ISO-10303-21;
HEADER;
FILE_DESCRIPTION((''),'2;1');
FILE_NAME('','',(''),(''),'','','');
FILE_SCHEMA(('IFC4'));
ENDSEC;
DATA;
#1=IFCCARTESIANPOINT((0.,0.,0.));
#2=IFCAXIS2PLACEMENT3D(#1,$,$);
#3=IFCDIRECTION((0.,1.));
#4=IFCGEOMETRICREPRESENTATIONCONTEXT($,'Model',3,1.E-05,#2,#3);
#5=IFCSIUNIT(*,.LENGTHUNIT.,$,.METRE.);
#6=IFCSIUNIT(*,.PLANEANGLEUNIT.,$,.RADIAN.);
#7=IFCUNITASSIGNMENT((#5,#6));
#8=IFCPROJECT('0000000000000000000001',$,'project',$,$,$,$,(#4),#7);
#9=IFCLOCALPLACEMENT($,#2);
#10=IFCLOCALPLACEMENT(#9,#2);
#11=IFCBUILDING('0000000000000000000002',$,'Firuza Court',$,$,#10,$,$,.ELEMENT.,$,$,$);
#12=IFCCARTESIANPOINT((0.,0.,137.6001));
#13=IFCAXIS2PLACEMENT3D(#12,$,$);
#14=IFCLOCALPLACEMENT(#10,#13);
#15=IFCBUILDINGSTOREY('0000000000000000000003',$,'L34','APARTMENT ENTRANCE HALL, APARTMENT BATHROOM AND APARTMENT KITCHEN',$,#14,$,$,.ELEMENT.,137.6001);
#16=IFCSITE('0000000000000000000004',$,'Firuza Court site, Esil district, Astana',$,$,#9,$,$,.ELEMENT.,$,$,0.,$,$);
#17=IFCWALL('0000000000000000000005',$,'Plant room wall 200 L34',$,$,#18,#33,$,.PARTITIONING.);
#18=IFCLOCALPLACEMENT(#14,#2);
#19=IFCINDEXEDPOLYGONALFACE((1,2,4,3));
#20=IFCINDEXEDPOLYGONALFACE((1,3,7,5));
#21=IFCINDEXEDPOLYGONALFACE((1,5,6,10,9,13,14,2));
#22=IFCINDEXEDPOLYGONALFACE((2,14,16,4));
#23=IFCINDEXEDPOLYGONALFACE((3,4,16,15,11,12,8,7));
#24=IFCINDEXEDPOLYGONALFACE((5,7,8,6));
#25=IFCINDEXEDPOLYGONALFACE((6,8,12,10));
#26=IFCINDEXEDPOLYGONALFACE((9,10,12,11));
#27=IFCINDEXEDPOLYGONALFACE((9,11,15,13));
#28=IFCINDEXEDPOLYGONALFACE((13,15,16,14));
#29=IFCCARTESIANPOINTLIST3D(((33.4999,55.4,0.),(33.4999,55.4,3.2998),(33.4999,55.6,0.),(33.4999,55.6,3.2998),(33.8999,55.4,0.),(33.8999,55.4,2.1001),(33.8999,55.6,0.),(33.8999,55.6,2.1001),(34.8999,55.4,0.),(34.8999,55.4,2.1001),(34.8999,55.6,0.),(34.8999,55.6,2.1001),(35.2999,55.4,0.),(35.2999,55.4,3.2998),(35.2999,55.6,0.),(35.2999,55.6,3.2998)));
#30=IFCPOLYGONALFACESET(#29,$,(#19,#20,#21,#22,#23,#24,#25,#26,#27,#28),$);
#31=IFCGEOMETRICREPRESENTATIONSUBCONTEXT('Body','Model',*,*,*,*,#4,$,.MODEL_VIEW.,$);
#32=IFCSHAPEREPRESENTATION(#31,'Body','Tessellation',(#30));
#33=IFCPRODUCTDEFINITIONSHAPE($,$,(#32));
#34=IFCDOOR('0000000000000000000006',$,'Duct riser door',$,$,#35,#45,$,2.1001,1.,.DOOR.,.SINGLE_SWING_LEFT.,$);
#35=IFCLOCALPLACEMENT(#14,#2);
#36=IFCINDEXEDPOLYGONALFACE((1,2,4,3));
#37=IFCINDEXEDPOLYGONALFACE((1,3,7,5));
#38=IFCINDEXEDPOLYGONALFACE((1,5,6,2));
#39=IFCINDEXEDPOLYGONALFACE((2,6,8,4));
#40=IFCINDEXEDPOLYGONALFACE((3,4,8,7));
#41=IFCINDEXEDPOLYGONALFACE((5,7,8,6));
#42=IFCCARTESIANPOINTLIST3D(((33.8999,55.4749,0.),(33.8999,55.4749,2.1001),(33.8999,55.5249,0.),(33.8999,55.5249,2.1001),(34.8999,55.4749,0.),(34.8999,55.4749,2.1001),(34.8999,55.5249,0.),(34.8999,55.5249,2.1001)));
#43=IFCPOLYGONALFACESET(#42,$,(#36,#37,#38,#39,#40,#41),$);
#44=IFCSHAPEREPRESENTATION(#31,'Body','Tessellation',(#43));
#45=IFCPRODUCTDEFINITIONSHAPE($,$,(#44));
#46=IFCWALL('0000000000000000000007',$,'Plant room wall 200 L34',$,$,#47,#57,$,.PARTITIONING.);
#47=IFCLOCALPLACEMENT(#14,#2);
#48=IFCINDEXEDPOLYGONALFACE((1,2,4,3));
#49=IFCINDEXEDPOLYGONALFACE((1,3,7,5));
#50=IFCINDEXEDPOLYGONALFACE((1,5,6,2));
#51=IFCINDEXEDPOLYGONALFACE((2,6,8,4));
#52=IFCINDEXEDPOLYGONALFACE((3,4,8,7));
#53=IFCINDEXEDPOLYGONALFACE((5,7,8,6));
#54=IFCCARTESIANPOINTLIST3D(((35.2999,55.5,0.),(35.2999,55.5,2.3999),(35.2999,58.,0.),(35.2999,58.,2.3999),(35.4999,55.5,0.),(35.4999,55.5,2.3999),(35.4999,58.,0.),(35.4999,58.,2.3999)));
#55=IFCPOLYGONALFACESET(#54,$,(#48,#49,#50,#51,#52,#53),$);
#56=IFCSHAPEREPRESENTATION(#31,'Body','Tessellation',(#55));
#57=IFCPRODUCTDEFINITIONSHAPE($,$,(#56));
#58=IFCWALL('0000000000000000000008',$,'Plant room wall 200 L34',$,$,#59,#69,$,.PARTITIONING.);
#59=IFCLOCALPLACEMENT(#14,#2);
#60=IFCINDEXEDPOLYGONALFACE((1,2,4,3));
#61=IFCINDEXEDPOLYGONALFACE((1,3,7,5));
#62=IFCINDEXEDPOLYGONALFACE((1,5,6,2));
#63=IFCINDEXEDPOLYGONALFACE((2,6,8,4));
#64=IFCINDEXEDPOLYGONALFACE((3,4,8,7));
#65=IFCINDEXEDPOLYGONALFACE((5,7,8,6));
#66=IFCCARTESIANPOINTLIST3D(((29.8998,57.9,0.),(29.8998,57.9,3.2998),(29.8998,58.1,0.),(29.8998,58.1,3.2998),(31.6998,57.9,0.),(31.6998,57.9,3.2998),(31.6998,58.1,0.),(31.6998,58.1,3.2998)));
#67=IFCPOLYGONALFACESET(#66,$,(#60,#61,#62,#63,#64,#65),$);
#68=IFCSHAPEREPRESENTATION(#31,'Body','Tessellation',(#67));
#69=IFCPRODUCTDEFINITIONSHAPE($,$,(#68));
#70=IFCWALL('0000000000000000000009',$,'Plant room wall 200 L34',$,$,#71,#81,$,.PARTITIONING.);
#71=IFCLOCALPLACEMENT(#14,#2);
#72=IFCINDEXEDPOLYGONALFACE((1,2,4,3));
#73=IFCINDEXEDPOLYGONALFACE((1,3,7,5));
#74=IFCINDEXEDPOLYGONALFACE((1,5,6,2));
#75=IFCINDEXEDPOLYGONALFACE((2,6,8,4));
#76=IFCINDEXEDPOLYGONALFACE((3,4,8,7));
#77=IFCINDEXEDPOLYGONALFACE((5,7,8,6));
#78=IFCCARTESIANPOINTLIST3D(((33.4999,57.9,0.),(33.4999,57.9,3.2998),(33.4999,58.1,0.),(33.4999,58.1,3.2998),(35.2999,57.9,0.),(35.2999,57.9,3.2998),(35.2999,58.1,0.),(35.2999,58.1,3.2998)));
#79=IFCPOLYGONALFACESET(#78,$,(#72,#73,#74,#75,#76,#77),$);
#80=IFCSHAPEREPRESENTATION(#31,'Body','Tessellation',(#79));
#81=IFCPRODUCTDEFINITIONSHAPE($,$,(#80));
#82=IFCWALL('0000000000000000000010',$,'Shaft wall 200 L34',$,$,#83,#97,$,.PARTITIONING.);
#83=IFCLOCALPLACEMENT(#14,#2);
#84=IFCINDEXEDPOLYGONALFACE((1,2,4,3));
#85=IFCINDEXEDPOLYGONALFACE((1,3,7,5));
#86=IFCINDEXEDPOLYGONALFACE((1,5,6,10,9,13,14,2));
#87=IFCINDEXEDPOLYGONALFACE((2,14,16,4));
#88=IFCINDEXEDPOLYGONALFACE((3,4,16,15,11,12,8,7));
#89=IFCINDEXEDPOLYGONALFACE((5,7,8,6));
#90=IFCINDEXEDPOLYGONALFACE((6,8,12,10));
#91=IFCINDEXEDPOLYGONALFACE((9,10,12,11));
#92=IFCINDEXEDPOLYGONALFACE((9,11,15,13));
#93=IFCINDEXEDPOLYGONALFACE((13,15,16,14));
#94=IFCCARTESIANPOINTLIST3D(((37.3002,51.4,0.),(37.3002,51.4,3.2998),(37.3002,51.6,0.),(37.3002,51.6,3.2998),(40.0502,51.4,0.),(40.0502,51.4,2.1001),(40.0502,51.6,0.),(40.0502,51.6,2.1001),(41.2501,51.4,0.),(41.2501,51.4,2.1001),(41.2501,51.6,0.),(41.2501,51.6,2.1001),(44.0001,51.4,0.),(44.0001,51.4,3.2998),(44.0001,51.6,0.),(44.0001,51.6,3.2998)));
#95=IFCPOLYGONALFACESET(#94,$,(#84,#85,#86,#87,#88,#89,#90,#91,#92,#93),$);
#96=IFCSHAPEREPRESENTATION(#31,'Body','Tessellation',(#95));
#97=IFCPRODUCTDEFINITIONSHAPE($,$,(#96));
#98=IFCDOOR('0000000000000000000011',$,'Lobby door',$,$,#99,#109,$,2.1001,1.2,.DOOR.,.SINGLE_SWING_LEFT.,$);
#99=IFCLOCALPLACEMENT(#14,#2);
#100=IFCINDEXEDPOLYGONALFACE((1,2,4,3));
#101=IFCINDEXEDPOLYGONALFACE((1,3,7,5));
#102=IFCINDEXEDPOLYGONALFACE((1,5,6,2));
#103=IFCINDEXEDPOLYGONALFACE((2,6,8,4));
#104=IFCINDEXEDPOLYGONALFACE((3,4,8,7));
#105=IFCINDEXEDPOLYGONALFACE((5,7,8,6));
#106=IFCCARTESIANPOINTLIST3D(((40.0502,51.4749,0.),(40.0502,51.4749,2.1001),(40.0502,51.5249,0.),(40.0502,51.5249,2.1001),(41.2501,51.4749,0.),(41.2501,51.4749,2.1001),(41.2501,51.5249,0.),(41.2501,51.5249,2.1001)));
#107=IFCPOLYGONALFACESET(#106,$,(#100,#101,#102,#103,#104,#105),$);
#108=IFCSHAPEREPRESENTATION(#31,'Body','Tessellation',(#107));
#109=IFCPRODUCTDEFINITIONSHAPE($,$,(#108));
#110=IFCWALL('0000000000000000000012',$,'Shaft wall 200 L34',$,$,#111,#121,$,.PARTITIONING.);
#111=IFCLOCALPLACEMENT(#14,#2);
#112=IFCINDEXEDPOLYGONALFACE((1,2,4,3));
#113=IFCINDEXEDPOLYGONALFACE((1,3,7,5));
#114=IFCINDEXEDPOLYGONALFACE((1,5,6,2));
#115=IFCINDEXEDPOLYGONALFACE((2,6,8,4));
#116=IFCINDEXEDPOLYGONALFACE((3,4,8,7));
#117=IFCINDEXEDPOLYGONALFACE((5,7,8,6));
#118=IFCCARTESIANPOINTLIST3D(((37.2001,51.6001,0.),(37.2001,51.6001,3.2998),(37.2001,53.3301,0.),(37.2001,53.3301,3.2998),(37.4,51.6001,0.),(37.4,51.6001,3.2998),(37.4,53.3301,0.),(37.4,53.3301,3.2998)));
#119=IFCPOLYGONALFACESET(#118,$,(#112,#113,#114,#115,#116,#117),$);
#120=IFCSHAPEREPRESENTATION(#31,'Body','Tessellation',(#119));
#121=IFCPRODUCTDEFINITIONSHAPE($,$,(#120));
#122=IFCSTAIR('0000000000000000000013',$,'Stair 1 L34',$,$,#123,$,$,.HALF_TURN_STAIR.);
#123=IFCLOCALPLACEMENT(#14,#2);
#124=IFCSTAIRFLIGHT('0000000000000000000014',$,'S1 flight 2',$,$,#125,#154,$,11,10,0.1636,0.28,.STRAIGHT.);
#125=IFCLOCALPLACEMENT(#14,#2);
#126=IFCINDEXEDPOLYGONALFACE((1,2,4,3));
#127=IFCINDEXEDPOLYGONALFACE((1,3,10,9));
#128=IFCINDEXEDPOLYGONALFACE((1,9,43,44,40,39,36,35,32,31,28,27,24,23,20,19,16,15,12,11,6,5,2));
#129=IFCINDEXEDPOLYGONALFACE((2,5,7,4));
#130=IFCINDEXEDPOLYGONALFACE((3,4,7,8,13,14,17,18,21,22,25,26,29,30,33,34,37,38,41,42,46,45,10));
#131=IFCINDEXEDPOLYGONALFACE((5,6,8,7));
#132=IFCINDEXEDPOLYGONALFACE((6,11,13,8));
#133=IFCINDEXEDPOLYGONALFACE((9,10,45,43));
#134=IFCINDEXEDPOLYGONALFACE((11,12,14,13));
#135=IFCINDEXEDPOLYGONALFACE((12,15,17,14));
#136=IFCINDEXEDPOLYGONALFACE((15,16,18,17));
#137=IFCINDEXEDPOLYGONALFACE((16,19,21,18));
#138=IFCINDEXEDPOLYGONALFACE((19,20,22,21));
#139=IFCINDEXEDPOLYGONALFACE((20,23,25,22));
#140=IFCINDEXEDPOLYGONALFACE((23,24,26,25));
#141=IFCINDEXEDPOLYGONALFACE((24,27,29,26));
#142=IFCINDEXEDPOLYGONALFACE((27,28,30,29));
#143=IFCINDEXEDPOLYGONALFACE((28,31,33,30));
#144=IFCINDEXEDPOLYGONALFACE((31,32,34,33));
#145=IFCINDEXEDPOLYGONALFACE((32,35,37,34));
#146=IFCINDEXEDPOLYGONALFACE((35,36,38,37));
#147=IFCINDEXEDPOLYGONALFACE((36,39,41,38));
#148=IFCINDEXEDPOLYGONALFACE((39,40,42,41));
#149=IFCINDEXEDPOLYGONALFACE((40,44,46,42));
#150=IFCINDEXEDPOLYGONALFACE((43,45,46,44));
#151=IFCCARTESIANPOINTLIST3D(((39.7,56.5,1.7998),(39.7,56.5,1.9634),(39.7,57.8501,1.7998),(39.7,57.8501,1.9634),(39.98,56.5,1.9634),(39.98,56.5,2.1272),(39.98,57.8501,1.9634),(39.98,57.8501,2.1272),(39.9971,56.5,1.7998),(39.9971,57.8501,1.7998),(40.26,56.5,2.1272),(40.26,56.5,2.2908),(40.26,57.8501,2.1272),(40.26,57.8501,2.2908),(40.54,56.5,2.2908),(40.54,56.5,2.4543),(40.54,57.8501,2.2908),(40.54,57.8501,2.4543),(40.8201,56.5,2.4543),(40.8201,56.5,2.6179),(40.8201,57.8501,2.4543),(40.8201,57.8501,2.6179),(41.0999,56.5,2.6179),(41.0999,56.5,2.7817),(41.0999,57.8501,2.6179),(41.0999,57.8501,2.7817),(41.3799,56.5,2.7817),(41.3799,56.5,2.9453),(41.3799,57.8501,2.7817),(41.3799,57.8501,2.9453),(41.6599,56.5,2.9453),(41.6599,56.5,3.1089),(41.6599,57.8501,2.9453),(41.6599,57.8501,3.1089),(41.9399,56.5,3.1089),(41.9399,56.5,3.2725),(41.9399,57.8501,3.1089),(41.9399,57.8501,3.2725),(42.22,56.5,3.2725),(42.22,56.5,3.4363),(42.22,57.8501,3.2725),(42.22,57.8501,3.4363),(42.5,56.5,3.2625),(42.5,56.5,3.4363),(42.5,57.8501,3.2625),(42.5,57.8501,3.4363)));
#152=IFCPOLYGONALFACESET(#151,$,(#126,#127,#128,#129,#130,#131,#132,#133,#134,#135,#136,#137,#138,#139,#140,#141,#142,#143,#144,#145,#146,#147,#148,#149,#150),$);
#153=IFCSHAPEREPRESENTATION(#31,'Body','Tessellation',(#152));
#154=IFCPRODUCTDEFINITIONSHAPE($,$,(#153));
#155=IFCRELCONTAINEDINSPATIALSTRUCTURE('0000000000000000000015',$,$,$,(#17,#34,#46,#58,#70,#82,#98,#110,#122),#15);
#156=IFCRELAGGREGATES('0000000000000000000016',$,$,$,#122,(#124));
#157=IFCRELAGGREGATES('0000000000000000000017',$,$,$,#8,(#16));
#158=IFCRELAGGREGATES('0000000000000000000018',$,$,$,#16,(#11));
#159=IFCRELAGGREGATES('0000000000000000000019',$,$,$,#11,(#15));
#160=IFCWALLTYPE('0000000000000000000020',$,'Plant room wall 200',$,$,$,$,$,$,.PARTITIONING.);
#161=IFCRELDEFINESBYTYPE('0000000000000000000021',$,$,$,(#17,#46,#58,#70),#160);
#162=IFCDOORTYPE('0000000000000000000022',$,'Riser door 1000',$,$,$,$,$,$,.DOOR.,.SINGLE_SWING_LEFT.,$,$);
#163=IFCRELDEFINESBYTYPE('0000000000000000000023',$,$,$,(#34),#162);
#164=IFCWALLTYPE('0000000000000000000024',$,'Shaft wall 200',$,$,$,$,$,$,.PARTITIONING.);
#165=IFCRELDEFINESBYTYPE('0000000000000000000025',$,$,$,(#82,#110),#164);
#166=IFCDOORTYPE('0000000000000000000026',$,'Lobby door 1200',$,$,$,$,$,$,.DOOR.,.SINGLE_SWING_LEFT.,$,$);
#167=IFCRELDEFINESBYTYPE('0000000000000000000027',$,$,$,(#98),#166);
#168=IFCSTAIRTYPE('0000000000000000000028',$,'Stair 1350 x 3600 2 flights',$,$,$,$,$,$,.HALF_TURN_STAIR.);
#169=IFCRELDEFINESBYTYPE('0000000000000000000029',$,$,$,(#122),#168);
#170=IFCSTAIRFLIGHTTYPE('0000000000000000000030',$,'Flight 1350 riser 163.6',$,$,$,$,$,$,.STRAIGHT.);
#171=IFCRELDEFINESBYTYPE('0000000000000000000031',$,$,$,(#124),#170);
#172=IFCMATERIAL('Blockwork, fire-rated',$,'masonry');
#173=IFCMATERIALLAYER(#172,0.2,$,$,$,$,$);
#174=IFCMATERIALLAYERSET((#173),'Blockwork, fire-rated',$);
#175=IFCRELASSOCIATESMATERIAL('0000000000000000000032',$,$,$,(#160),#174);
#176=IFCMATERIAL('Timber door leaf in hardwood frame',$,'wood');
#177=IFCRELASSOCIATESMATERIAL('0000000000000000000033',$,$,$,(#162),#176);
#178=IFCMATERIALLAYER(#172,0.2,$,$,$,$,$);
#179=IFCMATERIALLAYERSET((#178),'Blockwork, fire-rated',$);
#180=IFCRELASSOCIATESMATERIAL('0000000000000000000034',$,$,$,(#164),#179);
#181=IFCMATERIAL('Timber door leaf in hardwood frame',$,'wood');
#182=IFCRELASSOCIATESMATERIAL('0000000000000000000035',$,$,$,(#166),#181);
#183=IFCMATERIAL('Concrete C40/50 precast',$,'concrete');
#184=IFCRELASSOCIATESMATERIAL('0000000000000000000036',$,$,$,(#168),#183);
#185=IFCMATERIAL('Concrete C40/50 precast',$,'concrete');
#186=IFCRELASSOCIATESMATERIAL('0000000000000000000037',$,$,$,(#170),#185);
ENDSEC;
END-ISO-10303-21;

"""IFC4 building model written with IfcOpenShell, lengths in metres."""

from ifc_helpers import new_model, si_unit, direction, frame, frame_2d, origin, place, context, subcontext, project, spatial, polyline, rectangle, outline, extrude, material, layer, layer_set, type_object, element, fill, aggregate, save


model = new_model("IFC4")

# Units and contexts
model_context = context("Model", 3, precision=1e-05, world=origin(), true_north=direction((0.0, 1.0)))
body_context = subcontext(model_context, "Body", "Model", "MODEL_VIEW")
ifc_project = project(units=[si_unit("LENGTHUNIT", "METRE"), si_unit("PLANEANGLEUNIT", "RADIAN")], contexts=[model_context])

# Site, building, storey
site_placement = place(None, origin())
site = spatial("IfcSite", under=ifc_project, at=site_placement, Name="Firuza Court site, Esil district, Astana", CompositionType="ELEMENT", RefElevation=0.0)
building_placement = place(site_placement, origin())
building = spatial("IfcBuilding", under=site, at=building_placement, Name="Firuza Court", CompositionType="ELEMENT")
storey_placement = place(building_placement, frame((0.0, 0.0, 137.6001)))
storey = spatial("IfcBuildingStorey", under=building, at=storey_placement, Name="L34", Description="APARTMENT ENTRANCE HALL, APARTMENT BATHROOM AND APARTMENT KITCHEN", CompositionType="ELEMENT", Elevation=137.6001)

# Shared definitions
ifc_material_1 = material(Name="Blockwork, fire-rated", Category="masonry")
ifc_layer_1 = layer(ifc_material_1, 0.2)
ifc_layer_set_1 = layer_set([ifc_layer_1], Name="Blockwork, fire-rated")
wall_type_1 = type_object("IfcWallType", Name="Plant room wall 200", PredefinedType="PARTITIONING", material=ifc_layer_set_1)

# Wall, opening, door
wall_1_placement = place(storey_placement, frame((33.5, 55.5, 0.0), z_axis=(0.0, 0.0, 1.0), x_axis=(1.0, 0.0, 0.0)))
wall_1 = element("IfcWall", 1, at=wall_1_placement, inside=storey, type_object=wall_type_1, Name="Plant room wall 200 L34", PredefinedType="PARTITIONING", context=body_context, shape_type="SweptSolid", body=[
    extrude(rectangle(XDim=1.8, YDim=0.2, at=frame_2d((0.8999, 0.0))), origin(), (0.0, 0.0, 1.0), 3.2998),
])
opening_1_placement = place(wall_1_placement, frame((0.3999, 0.0, 0.0)))
opening_1 = element("IfcOpeningElement", 2, at=opening_1_placement, cuts=wall_1, PredefinedType="OPENING", context=body_context, shape_type="SweptSolid", body=[
    extrude(rectangle(XDim=1.0, YDim=2.1001, at=frame_2d((0.5, 1.05))), frame((0.0, 0.1118, 0.0), z_axis=(0.0, -1.0, 0.0), x_axis=(1.0, 0.0, 0.0)), (0.0, 0.0, 1.0), 0.2239),
])
ifc_material_2 = material(Name="Timber door leaf in hardwood frame", Category="wood")
door_type_1 = type_object("IfcDoorType", Name="Riser door 1000", OperationType="SINGLE_SWING_LEFT", PredefinedType="DOOR", material=ifc_material_2)
door_1_placement = place(opening_1_placement, origin())
door_1 = element("IfcDoor", 3, at=door_1_placement, inside=storey, type_object=door_type_1, Name="Duct riser door", OperationType="SINGLE_SWING_LEFT", OverallHeight=2.1001, OverallWidth=1.0, PredefinedType="DOOR", context=body_context, shape_type="SweptSolid", body=[
    extrude(rectangle(XDim=1.0, YDim=2.1001, at=frame_2d((0.5, 1.05))), frame((0.0, 0.0249, 0.0), z_axis=(0.0, -1.0, 0.0), x_axis=(1.0, 0.0, 0.0)), (0.0, 0.0, 1.0), 0.05),
])
fill(opening_1, door_1)

# Walls
wall_2_placement = place(storey_placement, frame((35.3999, 55.5, 0.0), z_axis=(0.0, 0.0, 1.0), x_axis=(0.0, 1.0, 0.0)))
element("IfcWall", 4, at=wall_2_placement, inside=storey, type_object=wall_type_1, Name="Plant room wall 200 L34", PredefinedType="PARTITIONING", context=body_context, shape_type="SweptSolid", body=[
    extrude(rectangle(XDim=2.5, YDim=0.2, at=frame_2d((1.25, 0.0))), origin(), (0.0, 0.0, 1.0), 2.3999),
])
for number, where, z_axis, x_axis, name in (
    (5, (29.8999, 58.0, 0.0), (0.0, 0.0, 1.0), (1.0, 0.0, 0.0), "Plant room wall 200 L34"),
    (6, (33.5, 58.0, 0.0), (0.0, 0.0, 1.0), (1.0, 0.0, 0.0), "Plant room wall 200 L34"),
):
    element("IfcWall", number, at=place(storey_placement, frame(where, z_axis=z_axis, x_axis=x_axis)), inside=storey, type_object=wall_type_1, Name=name, PredefinedType="PARTITIONING", context=body_context, shape_type="SweptSolid", body=[
        extrude(rectangle(XDim=1.8, YDim=0.2, at=frame_2d((0.8999, 0.0))), origin(), (0.0, 0.0, 1.0), 3.2998),
    ])

# Wall, opening, door
ifc_layer_2 = layer(ifc_material_1, 0.2)
ifc_layer_set_2 = layer_set([ifc_layer_2], Name="Blockwork, fire-rated")
wall_type_2 = type_object("IfcWallType", Name="Shaft wall 200", PredefinedType="PARTITIONING", material=ifc_layer_set_2)
wall_3_placement = place(storey_placement, frame((37.3, 51.5, 0.0), z_axis=(0.0, 0.0, 1.0), x_axis=(1.0, 0.0, 0.0)))
wall_3 = element("IfcWall", 7, at=wall_3_placement, inside=storey, type_object=wall_type_2, Name="Shaft wall 200 L34", PredefinedType="PARTITIONING", context=body_context, shape_type="SweptSolid", body=[
    extrude(rectangle(XDim=6.7, YDim=0.2, at=frame_2d((3.3501, 0.0))), origin(), (0.0, 0.0, 1.0), 3.2998),
])
opening_2_placement = place(wall_3_placement, frame((2.75, 0.0, 0.0)))
opening_2 = element("IfcOpeningElement", 8, at=opening_2_placement, cuts=wall_3, PredefinedType="OPENING", context=body_context, shape_type="SweptSolid", body=[
    extrude(rectangle(XDim=1.2, YDim=2.1001, at=frame_2d((0.6001, 1.05))), frame((0.0, 0.1118, 0.0), z_axis=(0.0, -1.0, 0.0), x_axis=(1.0, 0.0, 0.0)), (0.0, 0.0, 1.0), 0.2239),
])
ifc_material_3 = material(Name="Timber door leaf in hardwood frame", Category="wood")
door_type_2 = type_object("IfcDoorType", Name="Lobby door 1200", OperationType="SINGLE_SWING_LEFT", PredefinedType="DOOR", material=ifc_material_3)
door_2_placement = place(opening_2_placement, origin())
door_2 = element("IfcDoor", 9, at=door_2_placement, inside=storey, type_object=door_type_2, Name="Lobby door", OperationType="SINGLE_SWING_LEFT", OverallHeight=2.1001, OverallWidth=1.2, PredefinedType="DOOR", context=body_context, shape_type="SweptSolid", body=[
    extrude(rectangle(XDim=1.2, YDim=2.1001, at=frame_2d((0.6001, 1.05))), frame((0.0, 0.0249, 0.0), z_axis=(0.0, -1.0, 0.0), x_axis=(1.0, 0.0, 0.0)), (0.0, 0.0, 1.0), 0.05),
])
fill(opening_2, door_2)

# Wall
wall_4_placement = place(storey_placement, frame((37.3, 51.6001, 0.0), z_axis=(0.0, 0.0, 1.0), x_axis=(0.0, 1.0, 0.0)))
element("IfcWall", 10, at=wall_4_placement, inside=storey, type_object=wall_type_2, Name="Shaft wall 200 L34", PredefinedType="PARTITIONING", context=body_context, shape_type="SweptSolid", body=[
    extrude(rectangle(XDim=1.73, YDim=0.2, at=frame_2d((0.865, 0.0))), origin(), (0.0, 0.0, 1.0), 3.2998),
])

# Stair, stair flight
ifc_material_4 = material(Name="Concrete C40/50 precast", Category="concrete")
stair_type = type_object("IfcStairType", Name="Stair 1350 x 3600 2 flights", PredefinedType="HALF_TURN_STAIR", material=ifc_material_4)
stair_placement = place(storey_placement, origin())
stair = element("IfcStair", 11, at=stair_placement, inside=storey, type_object=stair_type, Name="Stair 1 L34", PredefinedType="HALF_TURN_STAIR")
ifc_material_5 = material(Name="Concrete C40/50 precast", Category="concrete")
stair_flight_type = type_object("IfcStairFlightType", Name="Flight 1350 riser 163.6", PredefinedType="STRAIGHT", material=ifc_material_5)
stair_flight_placement = place(storey_placement, frame((39.7, 57.175, 1.7998), z_axis=(0.0, 0.0, 1.0), x_axis=(1.0, 0.0, 0.0)))
stair_flight = element("IfcStairFlight", 12, at=stair_flight_placement, type_object=stair_flight_type, Name="S1 flight 2", NumberOfRisers=11, NumberOfTreads=10, PredefinedType="STRAIGHT", RiserHeight=0.1636, TreadLength=0.28, context=body_context, shape_type="SweptSolid", body=[
    extrude(outline(polyline([(0.0, 0.0), (0.0, 0.1636), (0.28, 0.1636), (0.28, 0.3274), (0.5601, 0.3274), (0.5601, 0.491), (0.8401, 0.491), (0.8401, 0.6545), (1.1201, 0.6545), (1.1201, 0.8181), (1.3999, 0.8181), (1.3999, 0.9819), (1.6799, 0.9819), (1.6799, 1.1455), (1.96, 1.1455), (1.96, 1.3091), (2.24, 1.3091), (2.24, 1.4727), (2.52, 1.4727), (2.52, 1.6365), (2.8, 1.6365), (2.8, 1.8), (2.8, 1.4626), (0.2971, 0.0), (0.0, 0.0)])), frame((0.0, 0.675, 0.0), z_axis=(0.0, -1.0, 0.0), x_axis=(1.0, 0.0, 0.0)), (0.0, 0.0, 1.0), 1.3501),
])
aggregate(stair, [stair_flight])

save(model, "model.ifc")
